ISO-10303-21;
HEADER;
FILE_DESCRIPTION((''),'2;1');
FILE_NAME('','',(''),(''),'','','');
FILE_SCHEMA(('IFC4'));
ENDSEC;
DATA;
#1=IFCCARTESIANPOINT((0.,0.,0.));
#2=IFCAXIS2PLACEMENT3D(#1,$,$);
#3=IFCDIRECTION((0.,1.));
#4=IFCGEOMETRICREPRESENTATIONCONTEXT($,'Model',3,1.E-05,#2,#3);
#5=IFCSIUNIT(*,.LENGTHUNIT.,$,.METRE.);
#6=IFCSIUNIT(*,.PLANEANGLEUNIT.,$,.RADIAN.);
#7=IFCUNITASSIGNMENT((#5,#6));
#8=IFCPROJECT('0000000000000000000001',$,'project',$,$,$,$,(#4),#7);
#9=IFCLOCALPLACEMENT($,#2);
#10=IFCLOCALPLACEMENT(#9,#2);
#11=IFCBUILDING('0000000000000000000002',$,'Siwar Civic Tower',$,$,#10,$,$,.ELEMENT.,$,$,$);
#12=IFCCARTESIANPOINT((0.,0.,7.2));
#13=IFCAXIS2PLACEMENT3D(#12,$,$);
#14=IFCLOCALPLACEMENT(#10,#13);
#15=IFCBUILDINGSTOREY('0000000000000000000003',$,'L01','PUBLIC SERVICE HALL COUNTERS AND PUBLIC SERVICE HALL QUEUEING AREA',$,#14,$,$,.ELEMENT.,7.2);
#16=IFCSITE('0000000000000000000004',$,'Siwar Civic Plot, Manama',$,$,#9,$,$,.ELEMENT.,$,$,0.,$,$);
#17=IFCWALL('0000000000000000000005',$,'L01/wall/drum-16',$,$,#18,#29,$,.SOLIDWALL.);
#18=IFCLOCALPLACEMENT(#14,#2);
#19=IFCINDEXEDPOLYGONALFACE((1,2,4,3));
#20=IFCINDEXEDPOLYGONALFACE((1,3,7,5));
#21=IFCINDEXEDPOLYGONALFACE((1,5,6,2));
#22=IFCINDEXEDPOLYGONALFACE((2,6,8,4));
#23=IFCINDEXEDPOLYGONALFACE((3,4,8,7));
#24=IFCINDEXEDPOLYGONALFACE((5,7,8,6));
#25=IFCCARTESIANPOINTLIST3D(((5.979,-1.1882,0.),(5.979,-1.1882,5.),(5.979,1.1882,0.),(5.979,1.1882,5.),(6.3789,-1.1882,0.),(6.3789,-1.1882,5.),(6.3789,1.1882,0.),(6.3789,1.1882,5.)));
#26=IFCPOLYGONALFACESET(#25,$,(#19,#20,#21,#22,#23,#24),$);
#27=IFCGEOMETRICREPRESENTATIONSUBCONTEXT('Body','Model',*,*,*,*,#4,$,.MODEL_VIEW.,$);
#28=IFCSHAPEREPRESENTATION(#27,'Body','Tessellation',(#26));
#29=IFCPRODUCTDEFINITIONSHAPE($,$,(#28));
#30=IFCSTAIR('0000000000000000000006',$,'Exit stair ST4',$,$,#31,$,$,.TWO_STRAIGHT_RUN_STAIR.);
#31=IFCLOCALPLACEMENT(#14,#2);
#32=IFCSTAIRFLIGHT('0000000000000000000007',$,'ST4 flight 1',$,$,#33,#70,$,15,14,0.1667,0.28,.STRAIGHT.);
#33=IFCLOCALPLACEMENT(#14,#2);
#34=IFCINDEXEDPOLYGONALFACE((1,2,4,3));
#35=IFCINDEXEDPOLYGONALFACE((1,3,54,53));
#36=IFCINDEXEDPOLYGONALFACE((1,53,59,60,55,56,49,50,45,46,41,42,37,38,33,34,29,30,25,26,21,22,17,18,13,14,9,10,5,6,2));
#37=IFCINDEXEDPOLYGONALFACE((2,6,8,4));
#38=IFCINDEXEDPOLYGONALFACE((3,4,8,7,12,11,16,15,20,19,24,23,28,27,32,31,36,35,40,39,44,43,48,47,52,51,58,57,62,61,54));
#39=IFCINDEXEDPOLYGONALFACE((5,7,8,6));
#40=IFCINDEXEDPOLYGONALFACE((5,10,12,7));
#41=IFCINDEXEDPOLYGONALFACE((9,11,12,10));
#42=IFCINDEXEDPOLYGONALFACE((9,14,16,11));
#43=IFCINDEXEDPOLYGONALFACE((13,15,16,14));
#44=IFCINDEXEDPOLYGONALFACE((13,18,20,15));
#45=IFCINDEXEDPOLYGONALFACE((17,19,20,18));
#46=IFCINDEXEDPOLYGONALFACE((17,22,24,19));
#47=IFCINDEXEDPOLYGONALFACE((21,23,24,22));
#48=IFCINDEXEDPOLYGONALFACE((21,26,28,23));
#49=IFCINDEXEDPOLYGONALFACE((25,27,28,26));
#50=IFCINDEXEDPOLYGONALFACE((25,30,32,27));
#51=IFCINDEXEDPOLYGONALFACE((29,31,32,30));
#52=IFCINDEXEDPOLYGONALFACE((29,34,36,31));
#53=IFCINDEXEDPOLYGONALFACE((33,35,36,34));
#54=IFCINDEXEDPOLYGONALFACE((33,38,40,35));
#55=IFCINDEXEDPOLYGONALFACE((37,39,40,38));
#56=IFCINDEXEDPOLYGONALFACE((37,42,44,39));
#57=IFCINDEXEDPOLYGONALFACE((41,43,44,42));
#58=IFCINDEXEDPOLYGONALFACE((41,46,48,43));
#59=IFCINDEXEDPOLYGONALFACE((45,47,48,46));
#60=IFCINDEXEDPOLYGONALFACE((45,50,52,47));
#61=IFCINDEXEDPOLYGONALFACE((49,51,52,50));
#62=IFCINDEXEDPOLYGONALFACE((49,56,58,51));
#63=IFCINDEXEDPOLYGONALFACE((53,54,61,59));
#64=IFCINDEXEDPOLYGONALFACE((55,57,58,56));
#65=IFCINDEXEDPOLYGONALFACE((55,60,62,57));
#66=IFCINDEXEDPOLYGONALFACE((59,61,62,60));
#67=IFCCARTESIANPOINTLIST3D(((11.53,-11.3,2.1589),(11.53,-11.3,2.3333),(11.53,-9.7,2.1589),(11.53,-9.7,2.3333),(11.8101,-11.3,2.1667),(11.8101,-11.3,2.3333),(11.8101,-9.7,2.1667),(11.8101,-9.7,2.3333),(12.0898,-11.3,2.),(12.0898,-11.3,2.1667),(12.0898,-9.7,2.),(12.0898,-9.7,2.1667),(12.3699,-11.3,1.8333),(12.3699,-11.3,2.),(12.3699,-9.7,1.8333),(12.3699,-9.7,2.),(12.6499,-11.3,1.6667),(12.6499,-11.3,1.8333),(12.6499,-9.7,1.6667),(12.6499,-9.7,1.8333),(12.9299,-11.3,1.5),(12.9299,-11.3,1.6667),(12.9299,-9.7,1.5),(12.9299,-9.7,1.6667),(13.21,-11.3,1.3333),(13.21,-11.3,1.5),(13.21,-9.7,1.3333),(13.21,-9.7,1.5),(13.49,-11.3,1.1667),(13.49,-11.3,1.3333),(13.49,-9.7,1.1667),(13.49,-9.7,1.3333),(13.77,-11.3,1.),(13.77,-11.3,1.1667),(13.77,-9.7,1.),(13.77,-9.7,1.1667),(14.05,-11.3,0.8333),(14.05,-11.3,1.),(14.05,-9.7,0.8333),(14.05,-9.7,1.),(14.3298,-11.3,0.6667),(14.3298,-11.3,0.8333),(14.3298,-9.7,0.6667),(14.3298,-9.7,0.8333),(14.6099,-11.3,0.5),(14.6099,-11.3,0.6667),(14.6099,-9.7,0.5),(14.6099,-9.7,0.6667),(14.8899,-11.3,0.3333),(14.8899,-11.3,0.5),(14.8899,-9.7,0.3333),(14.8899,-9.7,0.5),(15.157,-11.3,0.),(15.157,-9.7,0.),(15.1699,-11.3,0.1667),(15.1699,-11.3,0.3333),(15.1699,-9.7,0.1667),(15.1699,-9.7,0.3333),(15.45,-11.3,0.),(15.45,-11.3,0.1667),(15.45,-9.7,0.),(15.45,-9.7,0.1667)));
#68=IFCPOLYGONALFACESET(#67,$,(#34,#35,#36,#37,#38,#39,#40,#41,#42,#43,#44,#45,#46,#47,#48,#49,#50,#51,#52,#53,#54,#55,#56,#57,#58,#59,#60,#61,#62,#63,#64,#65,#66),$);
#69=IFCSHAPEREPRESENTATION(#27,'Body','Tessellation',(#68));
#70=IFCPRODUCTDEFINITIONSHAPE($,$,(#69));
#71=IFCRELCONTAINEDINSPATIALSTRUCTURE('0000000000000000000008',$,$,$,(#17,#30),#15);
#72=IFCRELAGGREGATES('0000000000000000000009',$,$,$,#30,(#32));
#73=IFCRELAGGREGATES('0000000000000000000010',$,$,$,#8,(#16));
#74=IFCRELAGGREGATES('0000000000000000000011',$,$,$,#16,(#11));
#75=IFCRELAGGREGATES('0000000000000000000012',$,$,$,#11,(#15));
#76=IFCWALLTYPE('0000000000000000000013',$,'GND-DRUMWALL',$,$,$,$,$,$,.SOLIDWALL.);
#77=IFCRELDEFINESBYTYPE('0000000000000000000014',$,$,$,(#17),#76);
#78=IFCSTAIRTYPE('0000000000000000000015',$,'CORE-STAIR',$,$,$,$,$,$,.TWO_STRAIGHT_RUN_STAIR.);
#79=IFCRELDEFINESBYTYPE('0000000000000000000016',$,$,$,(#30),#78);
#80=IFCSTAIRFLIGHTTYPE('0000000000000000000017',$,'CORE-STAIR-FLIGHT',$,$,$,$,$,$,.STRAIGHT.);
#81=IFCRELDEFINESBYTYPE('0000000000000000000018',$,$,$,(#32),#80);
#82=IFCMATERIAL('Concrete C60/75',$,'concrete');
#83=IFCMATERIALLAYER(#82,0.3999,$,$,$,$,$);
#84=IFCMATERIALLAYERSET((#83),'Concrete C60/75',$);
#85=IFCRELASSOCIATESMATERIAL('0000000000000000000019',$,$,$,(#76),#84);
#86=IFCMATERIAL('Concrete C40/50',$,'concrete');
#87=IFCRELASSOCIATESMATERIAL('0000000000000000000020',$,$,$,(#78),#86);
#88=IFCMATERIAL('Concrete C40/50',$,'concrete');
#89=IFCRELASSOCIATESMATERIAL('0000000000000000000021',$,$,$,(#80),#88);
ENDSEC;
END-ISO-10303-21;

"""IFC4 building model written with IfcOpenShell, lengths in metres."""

from ifc_helpers import new_model, si_unit, direction, frame, frame_2d, origin, place, context, subcontext, project, spatial, polyline, rectangle, outline, extrude, material, layer, layer_set, type_object, element, aggregate, save


model = new_model("IFC4")

# Units and contexts
model_context = context("Model", 3, precision=1e-05, world=origin(), true_north=direction((0.0, 1.0)))
body_context = subcontext(model_context, "Body", "Model", "MODEL_VIEW")
ifc_project = project(units=[si_unit("LENGTHUNIT", "METRE"), si_unit("PLANEANGLEUNIT", "RADIAN")], contexts=[model_context])

# Site, building, storey
site_placement = place(None, origin())
site = spatial("IfcSite", under=ifc_project, at=site_placement, Name="Siwar Civic Plot, Manama", CompositionType="ELEMENT", RefElevation=0.0)
building_placement = place(site_placement, origin())
building = spatial("IfcBuilding", under=site, at=building_placement, Name="Siwar Civic Tower", CompositionType="ELEMENT")
storey_placement = place(building_placement, frame((0.0, 0.0, 7.2)))
storey = spatial("IfcBuildingStorey", under=building, at=storey_placement, Name="L01", Description="PUBLIC SERVICE HALL COUNTERS AND PUBLIC SERVICE HALL QUEUEING AREA", CompositionType="ELEMENT", Elevation=7.2)

# Wall
ifc_material_1 = material(Name="Concrete C60/75", Category="concrete")
ifc_layer_1 = layer(ifc_material_1, 0.3999)
ifc_layer_set_1 = layer_set([ifc_layer_1], Name="Concrete C60/75")
wall_type_1 = type_object("IfcWallType", Name="GND-DRUMWALL", PredefinedType="SOLIDWALL", material=ifc_layer_set_1)
wall_1_placement = place(storey_placement, frame((6.179, -1.1882, 0.0), z_axis=(0.0, 0.0, 1.0), x_axis=(0.0, 1.0, 0.0)))
element("IfcWall", 1, at=wall_1_placement, inside=storey, type_object=wall_type_1, Name="L01/wall/drum-16", PredefinedType="SOLIDWALL", context=body_context, shape_type="SweptSolid", body=[
    extrude(rectangle(XDim=2.3765, YDim=0.3999, at=frame_2d((1.1882, 0.0))), origin(), (0.0, 0.0, 1.0), 5.0),
])

# Stair, stair flight
ifc_material_2 = material(Name="Concrete C40/50", Category="concrete")
stair_type = type_object("IfcStairType", Name="CORE-STAIR", PredefinedType="TWO_STRAIGHT_RUN_STAIR", material=ifc_material_2)
stair_placement = place(storey_placement, origin())
stair = element("IfcStair", 2, at=stair_placement, inside=storey, type_object=stair_type, Name="Exit stair ST4", PredefinedType="TWO_STRAIGHT_RUN_STAIR")
ifc_material_3 = material(Name="Concrete C40/50", Category="concrete")
stair_flight_type = type_object("IfcStairFlightType", Name="CORE-STAIR-FLIGHT", PredefinedType="STRAIGHT", material=ifc_material_3)
stair_flight_placement = place(storey_placement, frame((15.45, -10.5, 0.0), z_axis=(0.0, 0.0, 1.0), x_axis=(-1.0, 0.0, 0.0)))
stair_flight = element("IfcStairFlight", 3, at=stair_flight_placement, type_object=stair_flight_type, Name="ST4 flight 1", NumberOfRisers=15, NumberOfTreads=14, PredefinedType="STRAIGHT", RiserHeight=0.1667, TreadLength=0.28, context=body_context, shape_type="SweptSolid", body=[
    extrude(outline(polyline([(0.0, 0.0), (0.0, 0.1667), (0.28, 0.1667), (0.28, 0.3333), (0.5601, 0.3333), (0.5601, 0.5), (0.8401, 0.5), (0.8401, 0.6667), (1.1201, 0.6667), (1.1201, 0.8333), (1.3999, 0.8333), (1.3999, 1.0), (1.6799, 1.0), (1.6799, 1.1667), (1.96, 1.1667), (1.96, 1.3333), (2.24, 1.3333), (2.24, 1.5), (2.52, 1.5), (2.52, 1.6667), (2.8, 1.6667), (2.8, 1.8333), (3.0801, 1.8333), (3.0801, 2.0), (3.3601, 2.0), (3.3601, 2.1667), (3.6399, 2.1667), (3.6399, 2.3333), (3.9199, 2.3333), (3.9199, 2.5), (3.9199, 2.1589), (0.293, 0.0), (0.0, 0.0)])), frame((0.0, 0.8, 0.0), z_axis=(0.0, -1.0, 0.0), x_axis=(1.0, 0.0, 0.0)), (0.0, 0.0, 1.0), 1.6001),
])
aggregate(stair, [stair_flight])

save(model, "model.ifc")
